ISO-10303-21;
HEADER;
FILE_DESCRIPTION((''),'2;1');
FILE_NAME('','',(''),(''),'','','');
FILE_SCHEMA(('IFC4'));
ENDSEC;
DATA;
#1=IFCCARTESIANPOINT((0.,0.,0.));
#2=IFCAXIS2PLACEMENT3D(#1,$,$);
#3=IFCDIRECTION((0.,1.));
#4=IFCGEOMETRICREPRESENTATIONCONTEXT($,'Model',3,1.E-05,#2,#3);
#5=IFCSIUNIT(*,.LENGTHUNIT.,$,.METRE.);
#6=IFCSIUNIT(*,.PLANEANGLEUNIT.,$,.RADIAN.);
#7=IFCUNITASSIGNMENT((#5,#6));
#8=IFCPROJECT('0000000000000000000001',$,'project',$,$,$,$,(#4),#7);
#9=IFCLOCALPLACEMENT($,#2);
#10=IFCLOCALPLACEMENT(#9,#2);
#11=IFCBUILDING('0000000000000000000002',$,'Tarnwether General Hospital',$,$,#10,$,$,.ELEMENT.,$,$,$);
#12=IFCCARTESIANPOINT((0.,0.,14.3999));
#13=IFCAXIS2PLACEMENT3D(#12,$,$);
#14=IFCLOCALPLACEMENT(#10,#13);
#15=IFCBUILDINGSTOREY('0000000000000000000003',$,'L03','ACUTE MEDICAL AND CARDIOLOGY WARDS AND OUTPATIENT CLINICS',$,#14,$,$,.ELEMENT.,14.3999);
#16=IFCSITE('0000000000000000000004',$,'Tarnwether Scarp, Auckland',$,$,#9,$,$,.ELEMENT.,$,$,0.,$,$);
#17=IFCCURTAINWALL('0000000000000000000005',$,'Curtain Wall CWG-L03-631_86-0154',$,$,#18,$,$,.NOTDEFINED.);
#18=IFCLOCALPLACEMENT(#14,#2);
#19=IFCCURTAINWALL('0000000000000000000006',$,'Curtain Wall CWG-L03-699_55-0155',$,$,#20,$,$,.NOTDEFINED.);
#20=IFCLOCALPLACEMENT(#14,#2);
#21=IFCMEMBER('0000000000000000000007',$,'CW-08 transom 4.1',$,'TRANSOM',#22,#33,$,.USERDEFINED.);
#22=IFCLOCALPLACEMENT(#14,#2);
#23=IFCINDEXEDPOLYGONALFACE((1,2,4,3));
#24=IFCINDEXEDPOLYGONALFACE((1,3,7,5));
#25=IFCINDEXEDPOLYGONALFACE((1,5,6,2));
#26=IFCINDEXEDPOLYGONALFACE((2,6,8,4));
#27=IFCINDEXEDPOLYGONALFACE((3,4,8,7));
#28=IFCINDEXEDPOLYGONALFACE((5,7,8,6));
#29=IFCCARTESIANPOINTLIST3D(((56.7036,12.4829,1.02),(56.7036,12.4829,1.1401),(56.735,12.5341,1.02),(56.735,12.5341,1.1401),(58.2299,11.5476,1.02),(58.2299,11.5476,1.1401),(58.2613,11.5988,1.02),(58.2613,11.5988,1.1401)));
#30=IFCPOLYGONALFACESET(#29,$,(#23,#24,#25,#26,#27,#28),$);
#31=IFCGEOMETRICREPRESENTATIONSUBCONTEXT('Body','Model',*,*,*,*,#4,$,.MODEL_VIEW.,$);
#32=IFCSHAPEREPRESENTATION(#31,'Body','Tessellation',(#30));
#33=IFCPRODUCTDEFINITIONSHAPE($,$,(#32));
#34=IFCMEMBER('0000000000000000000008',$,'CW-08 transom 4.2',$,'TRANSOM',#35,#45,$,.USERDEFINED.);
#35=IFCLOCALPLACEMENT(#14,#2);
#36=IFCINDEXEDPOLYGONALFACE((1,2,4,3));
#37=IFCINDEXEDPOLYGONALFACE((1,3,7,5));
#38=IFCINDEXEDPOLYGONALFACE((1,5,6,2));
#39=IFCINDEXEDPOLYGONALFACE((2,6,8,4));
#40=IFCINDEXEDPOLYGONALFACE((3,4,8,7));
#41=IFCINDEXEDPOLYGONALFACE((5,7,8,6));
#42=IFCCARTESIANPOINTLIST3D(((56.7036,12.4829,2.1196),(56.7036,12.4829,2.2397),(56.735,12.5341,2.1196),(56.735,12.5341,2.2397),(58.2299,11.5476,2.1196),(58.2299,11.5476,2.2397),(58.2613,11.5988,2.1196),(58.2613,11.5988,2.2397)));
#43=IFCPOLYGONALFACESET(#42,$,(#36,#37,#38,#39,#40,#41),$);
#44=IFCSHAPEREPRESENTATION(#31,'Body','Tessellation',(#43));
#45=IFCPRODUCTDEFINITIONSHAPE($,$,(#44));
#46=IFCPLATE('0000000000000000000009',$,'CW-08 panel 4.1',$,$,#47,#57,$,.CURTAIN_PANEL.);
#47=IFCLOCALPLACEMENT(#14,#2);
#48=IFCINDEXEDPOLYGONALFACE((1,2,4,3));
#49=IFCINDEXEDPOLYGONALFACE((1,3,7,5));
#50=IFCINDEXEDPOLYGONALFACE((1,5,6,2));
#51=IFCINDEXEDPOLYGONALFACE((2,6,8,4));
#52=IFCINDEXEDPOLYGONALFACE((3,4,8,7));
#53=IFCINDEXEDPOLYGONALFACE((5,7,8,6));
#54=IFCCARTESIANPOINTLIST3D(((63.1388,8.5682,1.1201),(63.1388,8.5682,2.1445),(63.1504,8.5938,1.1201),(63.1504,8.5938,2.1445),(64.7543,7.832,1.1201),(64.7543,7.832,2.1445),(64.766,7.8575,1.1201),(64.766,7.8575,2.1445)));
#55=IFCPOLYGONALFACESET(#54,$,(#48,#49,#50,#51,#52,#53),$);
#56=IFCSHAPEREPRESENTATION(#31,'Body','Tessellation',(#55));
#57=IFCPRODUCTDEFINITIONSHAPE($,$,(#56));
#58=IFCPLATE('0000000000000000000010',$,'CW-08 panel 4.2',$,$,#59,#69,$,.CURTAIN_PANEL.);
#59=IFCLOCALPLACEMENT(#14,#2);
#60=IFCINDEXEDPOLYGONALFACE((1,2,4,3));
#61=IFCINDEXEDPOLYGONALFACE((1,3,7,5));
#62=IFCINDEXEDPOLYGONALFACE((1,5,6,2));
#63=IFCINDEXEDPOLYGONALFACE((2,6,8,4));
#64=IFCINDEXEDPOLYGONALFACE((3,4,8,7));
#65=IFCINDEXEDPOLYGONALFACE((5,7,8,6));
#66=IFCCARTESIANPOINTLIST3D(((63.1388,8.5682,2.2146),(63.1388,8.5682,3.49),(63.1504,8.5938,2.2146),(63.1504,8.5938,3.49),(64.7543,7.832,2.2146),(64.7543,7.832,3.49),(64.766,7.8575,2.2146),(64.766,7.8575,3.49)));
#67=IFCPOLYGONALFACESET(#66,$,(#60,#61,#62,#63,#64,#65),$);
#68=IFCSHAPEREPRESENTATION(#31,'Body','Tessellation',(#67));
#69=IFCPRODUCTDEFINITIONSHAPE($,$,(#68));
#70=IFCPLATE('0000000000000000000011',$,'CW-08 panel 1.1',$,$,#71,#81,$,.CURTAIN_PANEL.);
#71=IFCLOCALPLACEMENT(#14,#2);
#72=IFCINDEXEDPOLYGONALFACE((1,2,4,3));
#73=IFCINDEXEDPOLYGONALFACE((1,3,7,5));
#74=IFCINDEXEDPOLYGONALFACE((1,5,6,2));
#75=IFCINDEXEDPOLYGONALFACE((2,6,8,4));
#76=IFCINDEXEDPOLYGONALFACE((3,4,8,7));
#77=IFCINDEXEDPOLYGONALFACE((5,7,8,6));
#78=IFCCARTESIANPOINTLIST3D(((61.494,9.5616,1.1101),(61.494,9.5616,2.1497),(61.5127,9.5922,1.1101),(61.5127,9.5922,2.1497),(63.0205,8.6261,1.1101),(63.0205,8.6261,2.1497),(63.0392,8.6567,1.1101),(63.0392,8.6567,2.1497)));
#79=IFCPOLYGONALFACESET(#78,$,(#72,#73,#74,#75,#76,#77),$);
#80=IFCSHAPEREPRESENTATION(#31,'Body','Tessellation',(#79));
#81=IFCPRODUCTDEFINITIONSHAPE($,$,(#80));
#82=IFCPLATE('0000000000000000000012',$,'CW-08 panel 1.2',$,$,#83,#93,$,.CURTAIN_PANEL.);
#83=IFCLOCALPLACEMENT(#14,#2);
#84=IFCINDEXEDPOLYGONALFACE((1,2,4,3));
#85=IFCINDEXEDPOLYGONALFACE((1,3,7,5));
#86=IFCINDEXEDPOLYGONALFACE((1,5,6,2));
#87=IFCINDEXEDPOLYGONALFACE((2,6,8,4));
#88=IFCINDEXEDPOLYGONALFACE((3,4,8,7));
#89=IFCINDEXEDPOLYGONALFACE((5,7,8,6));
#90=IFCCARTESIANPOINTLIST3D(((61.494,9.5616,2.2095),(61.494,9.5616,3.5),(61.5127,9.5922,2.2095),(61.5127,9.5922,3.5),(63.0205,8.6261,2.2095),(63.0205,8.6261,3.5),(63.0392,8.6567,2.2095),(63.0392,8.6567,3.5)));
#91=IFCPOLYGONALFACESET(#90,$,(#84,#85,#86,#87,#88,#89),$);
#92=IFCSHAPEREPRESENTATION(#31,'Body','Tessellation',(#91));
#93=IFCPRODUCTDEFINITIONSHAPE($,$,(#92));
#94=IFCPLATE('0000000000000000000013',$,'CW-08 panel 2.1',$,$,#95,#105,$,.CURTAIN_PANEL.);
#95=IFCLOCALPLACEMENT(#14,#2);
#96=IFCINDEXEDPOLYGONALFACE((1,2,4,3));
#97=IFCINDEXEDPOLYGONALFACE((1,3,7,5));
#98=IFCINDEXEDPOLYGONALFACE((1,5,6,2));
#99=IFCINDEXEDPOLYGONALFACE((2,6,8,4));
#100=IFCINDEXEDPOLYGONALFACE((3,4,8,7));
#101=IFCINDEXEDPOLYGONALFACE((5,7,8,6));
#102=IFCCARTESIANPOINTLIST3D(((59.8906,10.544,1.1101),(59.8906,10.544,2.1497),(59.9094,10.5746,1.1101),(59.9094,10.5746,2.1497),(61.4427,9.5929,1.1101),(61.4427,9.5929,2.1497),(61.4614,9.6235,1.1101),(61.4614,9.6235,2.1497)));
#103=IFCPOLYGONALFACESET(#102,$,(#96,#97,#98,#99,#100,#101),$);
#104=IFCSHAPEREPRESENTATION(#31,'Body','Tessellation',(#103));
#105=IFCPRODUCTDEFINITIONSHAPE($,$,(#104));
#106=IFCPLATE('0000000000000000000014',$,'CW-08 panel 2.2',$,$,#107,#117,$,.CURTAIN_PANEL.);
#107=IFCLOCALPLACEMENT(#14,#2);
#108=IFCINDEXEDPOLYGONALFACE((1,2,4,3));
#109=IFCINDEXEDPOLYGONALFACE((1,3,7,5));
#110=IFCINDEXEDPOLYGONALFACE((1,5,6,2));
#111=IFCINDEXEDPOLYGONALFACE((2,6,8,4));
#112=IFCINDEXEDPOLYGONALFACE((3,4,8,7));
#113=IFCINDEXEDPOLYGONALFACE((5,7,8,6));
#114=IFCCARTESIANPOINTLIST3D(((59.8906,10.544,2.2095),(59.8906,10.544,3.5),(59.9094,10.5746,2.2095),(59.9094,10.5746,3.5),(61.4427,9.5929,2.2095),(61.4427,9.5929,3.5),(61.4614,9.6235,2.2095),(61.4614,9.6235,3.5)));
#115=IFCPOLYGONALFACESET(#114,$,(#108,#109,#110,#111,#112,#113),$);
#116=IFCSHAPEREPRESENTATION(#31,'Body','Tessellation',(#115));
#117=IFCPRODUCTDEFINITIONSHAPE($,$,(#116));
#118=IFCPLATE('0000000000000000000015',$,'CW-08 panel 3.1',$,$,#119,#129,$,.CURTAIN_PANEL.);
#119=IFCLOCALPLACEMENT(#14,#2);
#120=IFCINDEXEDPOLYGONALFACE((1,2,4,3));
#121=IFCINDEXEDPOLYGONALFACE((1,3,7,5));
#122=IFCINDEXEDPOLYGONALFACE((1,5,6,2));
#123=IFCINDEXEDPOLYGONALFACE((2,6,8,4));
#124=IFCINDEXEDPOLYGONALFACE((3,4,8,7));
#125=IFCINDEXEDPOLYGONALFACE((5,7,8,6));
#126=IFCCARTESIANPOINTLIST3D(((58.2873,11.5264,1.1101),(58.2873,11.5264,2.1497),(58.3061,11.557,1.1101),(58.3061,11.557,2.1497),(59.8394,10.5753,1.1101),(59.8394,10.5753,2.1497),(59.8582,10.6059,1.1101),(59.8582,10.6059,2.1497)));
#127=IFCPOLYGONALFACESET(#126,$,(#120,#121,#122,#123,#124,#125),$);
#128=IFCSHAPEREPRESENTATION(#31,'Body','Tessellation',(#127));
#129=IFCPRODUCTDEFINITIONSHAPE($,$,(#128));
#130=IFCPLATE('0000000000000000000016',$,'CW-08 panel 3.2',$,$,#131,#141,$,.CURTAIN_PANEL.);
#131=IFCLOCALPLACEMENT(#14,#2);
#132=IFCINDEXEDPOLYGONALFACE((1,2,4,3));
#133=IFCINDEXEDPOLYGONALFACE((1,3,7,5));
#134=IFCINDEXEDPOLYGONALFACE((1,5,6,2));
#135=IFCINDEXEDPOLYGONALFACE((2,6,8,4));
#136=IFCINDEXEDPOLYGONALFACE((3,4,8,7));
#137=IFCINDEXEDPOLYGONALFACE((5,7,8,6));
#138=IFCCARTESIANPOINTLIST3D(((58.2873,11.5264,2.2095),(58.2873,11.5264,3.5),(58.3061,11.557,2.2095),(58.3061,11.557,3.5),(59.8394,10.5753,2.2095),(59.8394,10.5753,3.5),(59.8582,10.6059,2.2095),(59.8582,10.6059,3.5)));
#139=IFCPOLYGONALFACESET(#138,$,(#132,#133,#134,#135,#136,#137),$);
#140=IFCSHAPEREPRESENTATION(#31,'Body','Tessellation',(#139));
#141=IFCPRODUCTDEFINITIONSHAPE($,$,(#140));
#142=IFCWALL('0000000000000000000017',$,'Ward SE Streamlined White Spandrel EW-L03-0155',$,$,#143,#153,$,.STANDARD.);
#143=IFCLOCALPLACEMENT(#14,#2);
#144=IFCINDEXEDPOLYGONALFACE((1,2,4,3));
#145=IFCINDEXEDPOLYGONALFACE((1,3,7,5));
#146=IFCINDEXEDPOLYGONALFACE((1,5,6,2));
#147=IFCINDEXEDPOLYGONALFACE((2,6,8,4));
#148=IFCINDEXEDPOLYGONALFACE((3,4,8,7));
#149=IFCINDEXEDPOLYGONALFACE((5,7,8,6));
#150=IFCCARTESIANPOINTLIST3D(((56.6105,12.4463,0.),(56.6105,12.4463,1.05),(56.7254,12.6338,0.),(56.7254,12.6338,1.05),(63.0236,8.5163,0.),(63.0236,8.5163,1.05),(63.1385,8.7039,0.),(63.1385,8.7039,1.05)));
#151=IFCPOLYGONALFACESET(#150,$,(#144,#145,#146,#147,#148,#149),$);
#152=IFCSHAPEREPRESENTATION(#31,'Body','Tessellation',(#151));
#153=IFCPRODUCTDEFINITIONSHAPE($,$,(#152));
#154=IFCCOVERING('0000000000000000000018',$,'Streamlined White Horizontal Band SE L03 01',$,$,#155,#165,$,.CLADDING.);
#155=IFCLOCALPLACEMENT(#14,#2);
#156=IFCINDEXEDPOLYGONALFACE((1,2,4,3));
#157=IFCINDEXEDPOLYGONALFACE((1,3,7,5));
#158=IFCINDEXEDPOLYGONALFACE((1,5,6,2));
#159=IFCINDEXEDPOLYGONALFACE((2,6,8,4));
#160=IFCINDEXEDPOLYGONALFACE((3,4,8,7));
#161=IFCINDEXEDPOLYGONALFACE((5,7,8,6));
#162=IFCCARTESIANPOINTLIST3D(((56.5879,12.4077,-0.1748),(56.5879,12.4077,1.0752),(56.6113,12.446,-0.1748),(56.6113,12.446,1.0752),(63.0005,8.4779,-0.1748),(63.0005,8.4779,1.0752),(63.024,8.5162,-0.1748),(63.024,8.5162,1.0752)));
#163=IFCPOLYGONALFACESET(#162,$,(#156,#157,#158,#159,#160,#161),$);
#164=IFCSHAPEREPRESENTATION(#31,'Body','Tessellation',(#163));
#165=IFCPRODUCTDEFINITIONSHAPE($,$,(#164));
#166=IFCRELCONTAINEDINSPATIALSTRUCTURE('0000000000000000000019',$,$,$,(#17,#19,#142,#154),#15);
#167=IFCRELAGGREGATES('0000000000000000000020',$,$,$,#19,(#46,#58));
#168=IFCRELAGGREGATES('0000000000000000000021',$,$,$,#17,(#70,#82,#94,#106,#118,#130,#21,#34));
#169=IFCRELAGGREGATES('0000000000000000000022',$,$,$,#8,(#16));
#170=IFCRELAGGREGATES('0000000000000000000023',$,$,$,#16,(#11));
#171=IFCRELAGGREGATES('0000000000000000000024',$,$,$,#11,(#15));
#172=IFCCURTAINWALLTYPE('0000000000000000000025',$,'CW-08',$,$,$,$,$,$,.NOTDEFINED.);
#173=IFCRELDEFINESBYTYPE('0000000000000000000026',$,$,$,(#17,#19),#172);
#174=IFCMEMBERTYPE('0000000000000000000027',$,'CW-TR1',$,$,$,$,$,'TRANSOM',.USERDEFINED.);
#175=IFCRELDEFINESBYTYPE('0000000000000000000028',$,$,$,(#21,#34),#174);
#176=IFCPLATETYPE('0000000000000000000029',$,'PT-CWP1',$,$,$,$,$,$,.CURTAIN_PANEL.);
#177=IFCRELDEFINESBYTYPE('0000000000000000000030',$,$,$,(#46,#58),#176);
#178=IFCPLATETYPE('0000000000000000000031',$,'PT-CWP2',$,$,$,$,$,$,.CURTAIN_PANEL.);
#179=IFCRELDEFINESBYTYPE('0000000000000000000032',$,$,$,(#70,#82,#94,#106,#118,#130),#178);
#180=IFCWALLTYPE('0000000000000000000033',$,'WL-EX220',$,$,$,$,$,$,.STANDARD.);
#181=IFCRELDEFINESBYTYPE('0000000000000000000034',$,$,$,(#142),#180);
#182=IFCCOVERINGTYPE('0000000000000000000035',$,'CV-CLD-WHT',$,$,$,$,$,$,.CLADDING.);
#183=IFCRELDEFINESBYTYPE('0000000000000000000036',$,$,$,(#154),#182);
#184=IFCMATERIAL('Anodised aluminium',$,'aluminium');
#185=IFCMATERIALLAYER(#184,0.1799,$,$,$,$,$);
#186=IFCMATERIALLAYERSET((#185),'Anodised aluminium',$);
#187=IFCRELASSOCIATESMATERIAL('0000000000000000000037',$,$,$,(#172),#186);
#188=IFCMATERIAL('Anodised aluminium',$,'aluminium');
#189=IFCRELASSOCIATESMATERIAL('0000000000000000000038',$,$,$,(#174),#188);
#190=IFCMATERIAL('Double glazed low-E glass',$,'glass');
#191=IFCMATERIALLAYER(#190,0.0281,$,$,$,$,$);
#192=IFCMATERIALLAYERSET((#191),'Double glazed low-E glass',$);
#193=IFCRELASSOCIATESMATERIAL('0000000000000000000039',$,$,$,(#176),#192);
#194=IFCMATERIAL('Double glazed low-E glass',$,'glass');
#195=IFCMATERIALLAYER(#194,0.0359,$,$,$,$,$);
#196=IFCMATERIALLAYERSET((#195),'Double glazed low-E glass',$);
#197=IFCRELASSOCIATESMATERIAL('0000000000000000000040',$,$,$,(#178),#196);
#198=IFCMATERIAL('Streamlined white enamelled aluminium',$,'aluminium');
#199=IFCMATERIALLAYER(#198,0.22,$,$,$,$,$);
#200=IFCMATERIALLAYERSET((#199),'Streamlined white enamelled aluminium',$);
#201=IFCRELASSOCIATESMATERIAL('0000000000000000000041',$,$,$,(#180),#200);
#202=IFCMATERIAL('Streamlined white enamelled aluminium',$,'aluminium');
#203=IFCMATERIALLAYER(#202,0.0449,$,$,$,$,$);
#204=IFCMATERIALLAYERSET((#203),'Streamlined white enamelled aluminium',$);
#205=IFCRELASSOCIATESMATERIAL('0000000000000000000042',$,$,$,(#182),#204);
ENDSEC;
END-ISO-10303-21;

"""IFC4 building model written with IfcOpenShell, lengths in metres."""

from ifc_helpers import new_model, si_unit, direction, frame, frame_2d, origin, origin_2d, place, context, subcontext, project, spatial, rectangle, extrude, material, layer, layer_set, material_profile, profile_set, type_object, element, aggregate, save


model = new_model("IFC4")

# Units and contexts
model_context = context("Model", 3, precision=1e-05, world=origin(), true_north=direction((0.0, 1.0)))
body_context = subcontext(model_context, "Body", "Model", "MODEL_VIEW")
ifc_project = project(units=[si_unit("LENGTHUNIT", "METRE"), si_unit("PLANEANGLEUNIT", "RADIAN")], contexts=[model_context])

# Site, building, storey
site_placement = place(None, origin())
site = spatial("IfcSite", under=ifc_project, at=site_placement, Name="Tarnwether Scarp, Auckland", CompositionType="ELEMENT", RefElevation=0.0)
building_placement = place(site_placement, origin())
building = spatial("IfcBuilding", under=site, at=building_placement, Name="Tarnwether General Hospital", CompositionType="ELEMENT")
storey_placement = place(building_placement, frame((0.0, 0.0, 14.3999)))
storey = spatial("IfcBuildingStorey", under=building, at=storey_placement, Name="L03", Description="ACUTE MEDICAL AND CARDIOLOGY WARDS AND OUTPATIENT CLINICS", CompositionType="ELEMENT", Elevation=14.3999)

# Curtain wall
ifc_material_1 = material(Name="Anodised aluminium", Category="aluminium")
ifc_layer_1 = layer(ifc_material_1, 0.1799)
ifc_layer_set_1 = layer_set([ifc_layer_1], Name="Anodised aluminium")
curtain_wall_type = type_object("IfcCurtainWallType", Name="CW-08", PredefinedType="NOTDEFINED", material=ifc_layer_set_1)
curtain_wall_1_placement = place(storey_placement, origin())
curtain_wall_1 = element("IfcCurtainWall", 1, at=curtain_wall_1_placement, inside=storey, type_object=curtain_wall_type, Name="Curtain Wall CWG-L03-631_86-0154", PredefinedType="NOTDEFINED")

# Curtain wall
curtain_wall_2_placement = place(storey_placement, origin())
curtain_wall_2 = element("IfcCurtainWall", 2, at=curtain_wall_2_placement, inside=storey, type_object=curtain_wall_type, Name="Curtain Wall CWG-L03-699_55-0155", PredefinedType="NOTDEFINED")

# Members
ifc_material_2 = material(Name="Anodised aluminium", Category="aluminium")
ifc_material_profile_1 = material_profile(ifc_material_2, rectangle(XDim=0.0601, YDim=0.1201, at=origin_2d()), Name="ALU-TRN-60x120")
ifc_profile_set_1 = profile_set([ifc_material_profile_1], Name="Anodised aluminium")
member_type_1 = type_object("IfcMemberType", Name="CW-TR1", ElementType="TRANSOM", PredefinedType="USERDEFINED", material=ifc_profile_set_1)
member_1_placement = place(storey_placement, frame((58.2456, 11.5732, 1.0801), z_axis=(-0.852654, 0.522476, 0.0), x_axis=(-0.522476, -0.852654, 0.0)))
member_1 = element("IfcMember", 3, at=member_1_placement, type_object=member_type_1, Name="CW-08 transom 4.1", ObjectType="TRANSOM", PredefinedType="USERDEFINED", context=body_context, shape_type="SweptSolid", body=[
    extrude(rectangle(XDim=0.0601, YDim=0.1201, at=origin_2d()), origin(), (0.0, 0.0, 1.0), 1.79),
])
member_2_placement = place(storey_placement, frame((58.2456, 11.5732, 2.1797), z_axis=(-0.852654, 0.522476, 0.0), x_axis=(-0.522476, -0.852654, 0.0)))
member_2 = element("IfcMember", 4, at=member_2_placement, type_object=member_type_1, Name="CW-08 transom 4.2", ObjectType="TRANSOM", PredefinedType="USERDEFINED", context=body_context, shape_type="SweptSolid", body=[
    extrude(rectangle(XDim=0.0601, YDim=0.1201, at=origin_2d()), origin(), (0.0, 0.0, 1.0), 1.79),
])

# Plates
ifc_material_3 = material(Name="Double glazed low-E glass", Category="glass")
ifc_layer_2 = layer(ifc_material_3, 0.0281)
ifc_layer_set_2 = layer_set([ifc_layer_2], Name="Double glazed low-E glass")
plate_type_1 = type_object("IfcPlateType", Name="PT-CWP1", PredefinedType="CURTAIN_PANEL", material=ifc_layer_set_2)
plate_1_placement = place(storey_placement, frame((63.9524, 8.2129, 1.1201), z_axis=(0.0, 0.0, 1.0), x_axis=(-0.909961, 0.414694, 0.0)))
plate_1 = element("IfcPlate", 5, at=plate_1_placement, type_object=plate_type_1, Name="CW-08 panel 4.1", PredefinedType="CURTAIN_PANEL", context=body_context, shape_type="SweptSolid", body=[
    extrude(rectangle(XDim=1.7754, YDim=0.0281, at=origin_2d()), origin(), (0.0, 0.0, 1.0), 1.0244),
])
plate_2_placement = place(storey_placement, frame((63.9524, 8.2129, 2.2146), z_axis=(0.0, 0.0, 1.0), x_axis=(-0.909961, 0.414694, 0.0)))
plate_2 = element("IfcPlate", 6, at=plate_2_placement, type_object=plate_type_1, Name="CW-08 panel 4.2", PredefinedType="CURTAIN_PANEL", context=body_context, shape_type="SweptSolid", body=[
    extrude(rectangle(XDim=1.7754, YDim=0.0281, at=origin_2d()), origin(), (0.0, 0.0, 1.0), 1.2754),
])
aggregate(curtain_wall_2, [plate_1, plate_2])
ifc_material_4 = material(Name="Double glazed low-E glass", Category="glass")
ifc_layer_3 = layer(ifc_material_4, 0.0359)
ifc_layer_set_3 = layer_set([ifc_layer_3], Name="Double glazed low-E glass")
plate_type_2 = type_object("IfcPlateType", Name="PT-CWP2", PredefinedType="CURTAIN_PANEL", material=ifc_layer_set_3)
plate_3_placement = place(storey_placement, frame((62.2666, 9.1091, 1.1101), z_axis=(0.0, 0.0, 1.0), x_axis=(-0.852634, 0.522509, 0.0)))
plate_3 = element("IfcPlate", 7, at=plate_3_placement, type_object=plate_type_2, Name="CW-08 panel 1.1", PredefinedType="CURTAIN_PANEL", context=body_context, shape_type="SweptSolid", body=[
    extrude(rectangle(XDim=1.7903, YDim=0.0359, at=origin_2d()), origin(), (0.0, 0.0, 1.0), 1.0396),
])
plate_4_placement = place(storey_placement, frame((62.2666, 9.1091, 2.2095), z_axis=(0.0, 0.0, 1.0), x_axis=(-0.852634, 0.522509, 0.0)))
plate_4 = element("IfcPlate", 8, at=plate_4_placement, type_object=plate_type_2, Name="CW-08 panel 1.2", PredefinedType="CURTAIN_PANEL", context=body_context, shape_type="SweptSolid", body=[
    extrude(rectangle(XDim=1.7903, YDim=0.0359, at=origin_2d()), origin(), (0.0, 0.0, 1.0), 1.2905),
])
plate_5_placement = place(storey_placement, frame((60.676, 10.0837, 1.1101), z_axis=(0.0, 0.0, 1.0), x_axis=(-0.852634, 0.522509, 0.0)))
plate_5 = element("IfcPlate", 9, at=plate_5_placement, type_object=plate_type_2, Name="CW-08 panel 2.1", PredefinedType="CURTAIN_PANEL", context=body_context, shape_type="SweptSolid", body=[
    extrude(rectangle(XDim=1.8203, YDim=0.0359, at=origin_2d()), origin(), (0.0, 0.0, 1.0), 1.0396),
])
plate_6_placement = place(storey_placement, frame((60.676, 10.0837, 2.2095), z_axis=(0.0, 0.0, 1.0), x_axis=(-0.852634, 0.522509, 0.0)))
plate_6 = element("IfcPlate", 10, at=plate_6_placement, type_object=plate_type_2, Name="CW-08 panel 2.2", PredefinedType="CURTAIN_PANEL", context=body_context, shape_type="SweptSolid", body=[
    extrude(rectangle(XDim=1.8203, YDim=0.0359, at=origin_2d()), origin(), (0.0, 0.0, 1.0), 1.2905),
])
plate_7_placement = place(storey_placement, frame((59.0728, 11.0662, 1.1101), z_axis=(0.0, 0.0, 1.0), x_axis=(-0.852634, 0.522509, 0.0)))
plate_7 = element("IfcPlate", 11, at=plate_7_placement, type_object=plate_type_2, Name="CW-08 panel 3.1", PredefinedType="CURTAIN_PANEL", context=body_context, shape_type="SweptSolid", body=[
    extrude(rectangle(XDim=1.8203, YDim=0.0359, at=origin_2d()), origin(), (0.0, 0.0, 1.0), 1.0396),
])
plate_8_placement = place(storey_placement, frame((59.0728, 11.0662, 2.2095), z_axis=(0.0, 0.0, 1.0), x_axis=(-0.852634, 0.522509, 0.0)))
plate_8 = element("IfcPlate", 12, at=plate_8_placement, type_object=plate_type_2, Name="CW-08 panel 3.2", PredefinedType="CURTAIN_PANEL", context=body_context, shape_type="SweptSolid", body=[
    extrude(rectangle(XDim=1.8203, YDim=0.0359, at=origin_2d()), origin(), (0.0, 0.0, 1.0), 1.2905),
])
aggregate(curtain_wall_1, [plate_3, plate_4, plate_5, plate_6, plate_7, plate_8, member_1, member_2])

# Wall
ifc_material_5 = material(Name="Streamlined white enamelled aluminium", Category="aluminium")
ifc_layer_4 = layer(ifc_material_5, 0.22)
ifc_layer_set_4 = layer_set([ifc_layer_4], Name="Streamlined white enamelled aluminium")
wall_type = type_object("IfcWallType", Name="WL-EX220", PredefinedType="STANDARD", material=ifc_layer_set_4)
wall_placement = place(storey_placement, frame((63.0811, 8.6101, 0.0), z_axis=(0.0, 0.0, 1.0), x_axis=(-0.852641, 0.522497, 0.0)))
element("IfcWall", 13, at=wall_placement, inside=storey, type_object=wall_type, Name="Ward SE Streamlined White Spandrel EW-L03-0155", PredefinedType="STANDARD", context=body_context, shape_type="SweptSolid", body=[
    extrude(rectangle(XDim=7.5215, YDim=0.22, at=frame_2d((3.7607, 0.0))), origin(), (0.0, 0.0, 1.0), 1.05),
])

# Covering
ifc_material_6 = material(Name="Streamlined white enamelled aluminium", Category="aluminium")
ifc_layer_5 = layer(ifc_material_6, 0.0449)
ifc_layer_set_5 = layer_set([ifc_layer_5], Name="Streamlined white enamelled aluminium")
covering_type = type_object("IfcCoveringType", Name="CV-CLD-WHT", PredefinedType="CLADDING", material=ifc_layer_set_5)
covering_placement = place(storey_placement, frame((59.8059, 10.4619, -0.1748), z_axis=(0.0, 0.0, 1.0), x_axis=(-0.852631, 0.522513, 0.0)))
element("IfcCovering", 14, at=covering_placement, inside=storey, type_object=covering_type, Name="Streamlined White Horizontal Band SE L03 01", PredefinedType="CLADDING", context=body_context, shape_type="SweptSolid", body=[
    extrude(rectangle(XDim=7.521, YDim=0.0449, at=origin_2d()), origin(), (0.0, 0.0, 1.0), 1.25),
])

save(model, "model.ifc")
